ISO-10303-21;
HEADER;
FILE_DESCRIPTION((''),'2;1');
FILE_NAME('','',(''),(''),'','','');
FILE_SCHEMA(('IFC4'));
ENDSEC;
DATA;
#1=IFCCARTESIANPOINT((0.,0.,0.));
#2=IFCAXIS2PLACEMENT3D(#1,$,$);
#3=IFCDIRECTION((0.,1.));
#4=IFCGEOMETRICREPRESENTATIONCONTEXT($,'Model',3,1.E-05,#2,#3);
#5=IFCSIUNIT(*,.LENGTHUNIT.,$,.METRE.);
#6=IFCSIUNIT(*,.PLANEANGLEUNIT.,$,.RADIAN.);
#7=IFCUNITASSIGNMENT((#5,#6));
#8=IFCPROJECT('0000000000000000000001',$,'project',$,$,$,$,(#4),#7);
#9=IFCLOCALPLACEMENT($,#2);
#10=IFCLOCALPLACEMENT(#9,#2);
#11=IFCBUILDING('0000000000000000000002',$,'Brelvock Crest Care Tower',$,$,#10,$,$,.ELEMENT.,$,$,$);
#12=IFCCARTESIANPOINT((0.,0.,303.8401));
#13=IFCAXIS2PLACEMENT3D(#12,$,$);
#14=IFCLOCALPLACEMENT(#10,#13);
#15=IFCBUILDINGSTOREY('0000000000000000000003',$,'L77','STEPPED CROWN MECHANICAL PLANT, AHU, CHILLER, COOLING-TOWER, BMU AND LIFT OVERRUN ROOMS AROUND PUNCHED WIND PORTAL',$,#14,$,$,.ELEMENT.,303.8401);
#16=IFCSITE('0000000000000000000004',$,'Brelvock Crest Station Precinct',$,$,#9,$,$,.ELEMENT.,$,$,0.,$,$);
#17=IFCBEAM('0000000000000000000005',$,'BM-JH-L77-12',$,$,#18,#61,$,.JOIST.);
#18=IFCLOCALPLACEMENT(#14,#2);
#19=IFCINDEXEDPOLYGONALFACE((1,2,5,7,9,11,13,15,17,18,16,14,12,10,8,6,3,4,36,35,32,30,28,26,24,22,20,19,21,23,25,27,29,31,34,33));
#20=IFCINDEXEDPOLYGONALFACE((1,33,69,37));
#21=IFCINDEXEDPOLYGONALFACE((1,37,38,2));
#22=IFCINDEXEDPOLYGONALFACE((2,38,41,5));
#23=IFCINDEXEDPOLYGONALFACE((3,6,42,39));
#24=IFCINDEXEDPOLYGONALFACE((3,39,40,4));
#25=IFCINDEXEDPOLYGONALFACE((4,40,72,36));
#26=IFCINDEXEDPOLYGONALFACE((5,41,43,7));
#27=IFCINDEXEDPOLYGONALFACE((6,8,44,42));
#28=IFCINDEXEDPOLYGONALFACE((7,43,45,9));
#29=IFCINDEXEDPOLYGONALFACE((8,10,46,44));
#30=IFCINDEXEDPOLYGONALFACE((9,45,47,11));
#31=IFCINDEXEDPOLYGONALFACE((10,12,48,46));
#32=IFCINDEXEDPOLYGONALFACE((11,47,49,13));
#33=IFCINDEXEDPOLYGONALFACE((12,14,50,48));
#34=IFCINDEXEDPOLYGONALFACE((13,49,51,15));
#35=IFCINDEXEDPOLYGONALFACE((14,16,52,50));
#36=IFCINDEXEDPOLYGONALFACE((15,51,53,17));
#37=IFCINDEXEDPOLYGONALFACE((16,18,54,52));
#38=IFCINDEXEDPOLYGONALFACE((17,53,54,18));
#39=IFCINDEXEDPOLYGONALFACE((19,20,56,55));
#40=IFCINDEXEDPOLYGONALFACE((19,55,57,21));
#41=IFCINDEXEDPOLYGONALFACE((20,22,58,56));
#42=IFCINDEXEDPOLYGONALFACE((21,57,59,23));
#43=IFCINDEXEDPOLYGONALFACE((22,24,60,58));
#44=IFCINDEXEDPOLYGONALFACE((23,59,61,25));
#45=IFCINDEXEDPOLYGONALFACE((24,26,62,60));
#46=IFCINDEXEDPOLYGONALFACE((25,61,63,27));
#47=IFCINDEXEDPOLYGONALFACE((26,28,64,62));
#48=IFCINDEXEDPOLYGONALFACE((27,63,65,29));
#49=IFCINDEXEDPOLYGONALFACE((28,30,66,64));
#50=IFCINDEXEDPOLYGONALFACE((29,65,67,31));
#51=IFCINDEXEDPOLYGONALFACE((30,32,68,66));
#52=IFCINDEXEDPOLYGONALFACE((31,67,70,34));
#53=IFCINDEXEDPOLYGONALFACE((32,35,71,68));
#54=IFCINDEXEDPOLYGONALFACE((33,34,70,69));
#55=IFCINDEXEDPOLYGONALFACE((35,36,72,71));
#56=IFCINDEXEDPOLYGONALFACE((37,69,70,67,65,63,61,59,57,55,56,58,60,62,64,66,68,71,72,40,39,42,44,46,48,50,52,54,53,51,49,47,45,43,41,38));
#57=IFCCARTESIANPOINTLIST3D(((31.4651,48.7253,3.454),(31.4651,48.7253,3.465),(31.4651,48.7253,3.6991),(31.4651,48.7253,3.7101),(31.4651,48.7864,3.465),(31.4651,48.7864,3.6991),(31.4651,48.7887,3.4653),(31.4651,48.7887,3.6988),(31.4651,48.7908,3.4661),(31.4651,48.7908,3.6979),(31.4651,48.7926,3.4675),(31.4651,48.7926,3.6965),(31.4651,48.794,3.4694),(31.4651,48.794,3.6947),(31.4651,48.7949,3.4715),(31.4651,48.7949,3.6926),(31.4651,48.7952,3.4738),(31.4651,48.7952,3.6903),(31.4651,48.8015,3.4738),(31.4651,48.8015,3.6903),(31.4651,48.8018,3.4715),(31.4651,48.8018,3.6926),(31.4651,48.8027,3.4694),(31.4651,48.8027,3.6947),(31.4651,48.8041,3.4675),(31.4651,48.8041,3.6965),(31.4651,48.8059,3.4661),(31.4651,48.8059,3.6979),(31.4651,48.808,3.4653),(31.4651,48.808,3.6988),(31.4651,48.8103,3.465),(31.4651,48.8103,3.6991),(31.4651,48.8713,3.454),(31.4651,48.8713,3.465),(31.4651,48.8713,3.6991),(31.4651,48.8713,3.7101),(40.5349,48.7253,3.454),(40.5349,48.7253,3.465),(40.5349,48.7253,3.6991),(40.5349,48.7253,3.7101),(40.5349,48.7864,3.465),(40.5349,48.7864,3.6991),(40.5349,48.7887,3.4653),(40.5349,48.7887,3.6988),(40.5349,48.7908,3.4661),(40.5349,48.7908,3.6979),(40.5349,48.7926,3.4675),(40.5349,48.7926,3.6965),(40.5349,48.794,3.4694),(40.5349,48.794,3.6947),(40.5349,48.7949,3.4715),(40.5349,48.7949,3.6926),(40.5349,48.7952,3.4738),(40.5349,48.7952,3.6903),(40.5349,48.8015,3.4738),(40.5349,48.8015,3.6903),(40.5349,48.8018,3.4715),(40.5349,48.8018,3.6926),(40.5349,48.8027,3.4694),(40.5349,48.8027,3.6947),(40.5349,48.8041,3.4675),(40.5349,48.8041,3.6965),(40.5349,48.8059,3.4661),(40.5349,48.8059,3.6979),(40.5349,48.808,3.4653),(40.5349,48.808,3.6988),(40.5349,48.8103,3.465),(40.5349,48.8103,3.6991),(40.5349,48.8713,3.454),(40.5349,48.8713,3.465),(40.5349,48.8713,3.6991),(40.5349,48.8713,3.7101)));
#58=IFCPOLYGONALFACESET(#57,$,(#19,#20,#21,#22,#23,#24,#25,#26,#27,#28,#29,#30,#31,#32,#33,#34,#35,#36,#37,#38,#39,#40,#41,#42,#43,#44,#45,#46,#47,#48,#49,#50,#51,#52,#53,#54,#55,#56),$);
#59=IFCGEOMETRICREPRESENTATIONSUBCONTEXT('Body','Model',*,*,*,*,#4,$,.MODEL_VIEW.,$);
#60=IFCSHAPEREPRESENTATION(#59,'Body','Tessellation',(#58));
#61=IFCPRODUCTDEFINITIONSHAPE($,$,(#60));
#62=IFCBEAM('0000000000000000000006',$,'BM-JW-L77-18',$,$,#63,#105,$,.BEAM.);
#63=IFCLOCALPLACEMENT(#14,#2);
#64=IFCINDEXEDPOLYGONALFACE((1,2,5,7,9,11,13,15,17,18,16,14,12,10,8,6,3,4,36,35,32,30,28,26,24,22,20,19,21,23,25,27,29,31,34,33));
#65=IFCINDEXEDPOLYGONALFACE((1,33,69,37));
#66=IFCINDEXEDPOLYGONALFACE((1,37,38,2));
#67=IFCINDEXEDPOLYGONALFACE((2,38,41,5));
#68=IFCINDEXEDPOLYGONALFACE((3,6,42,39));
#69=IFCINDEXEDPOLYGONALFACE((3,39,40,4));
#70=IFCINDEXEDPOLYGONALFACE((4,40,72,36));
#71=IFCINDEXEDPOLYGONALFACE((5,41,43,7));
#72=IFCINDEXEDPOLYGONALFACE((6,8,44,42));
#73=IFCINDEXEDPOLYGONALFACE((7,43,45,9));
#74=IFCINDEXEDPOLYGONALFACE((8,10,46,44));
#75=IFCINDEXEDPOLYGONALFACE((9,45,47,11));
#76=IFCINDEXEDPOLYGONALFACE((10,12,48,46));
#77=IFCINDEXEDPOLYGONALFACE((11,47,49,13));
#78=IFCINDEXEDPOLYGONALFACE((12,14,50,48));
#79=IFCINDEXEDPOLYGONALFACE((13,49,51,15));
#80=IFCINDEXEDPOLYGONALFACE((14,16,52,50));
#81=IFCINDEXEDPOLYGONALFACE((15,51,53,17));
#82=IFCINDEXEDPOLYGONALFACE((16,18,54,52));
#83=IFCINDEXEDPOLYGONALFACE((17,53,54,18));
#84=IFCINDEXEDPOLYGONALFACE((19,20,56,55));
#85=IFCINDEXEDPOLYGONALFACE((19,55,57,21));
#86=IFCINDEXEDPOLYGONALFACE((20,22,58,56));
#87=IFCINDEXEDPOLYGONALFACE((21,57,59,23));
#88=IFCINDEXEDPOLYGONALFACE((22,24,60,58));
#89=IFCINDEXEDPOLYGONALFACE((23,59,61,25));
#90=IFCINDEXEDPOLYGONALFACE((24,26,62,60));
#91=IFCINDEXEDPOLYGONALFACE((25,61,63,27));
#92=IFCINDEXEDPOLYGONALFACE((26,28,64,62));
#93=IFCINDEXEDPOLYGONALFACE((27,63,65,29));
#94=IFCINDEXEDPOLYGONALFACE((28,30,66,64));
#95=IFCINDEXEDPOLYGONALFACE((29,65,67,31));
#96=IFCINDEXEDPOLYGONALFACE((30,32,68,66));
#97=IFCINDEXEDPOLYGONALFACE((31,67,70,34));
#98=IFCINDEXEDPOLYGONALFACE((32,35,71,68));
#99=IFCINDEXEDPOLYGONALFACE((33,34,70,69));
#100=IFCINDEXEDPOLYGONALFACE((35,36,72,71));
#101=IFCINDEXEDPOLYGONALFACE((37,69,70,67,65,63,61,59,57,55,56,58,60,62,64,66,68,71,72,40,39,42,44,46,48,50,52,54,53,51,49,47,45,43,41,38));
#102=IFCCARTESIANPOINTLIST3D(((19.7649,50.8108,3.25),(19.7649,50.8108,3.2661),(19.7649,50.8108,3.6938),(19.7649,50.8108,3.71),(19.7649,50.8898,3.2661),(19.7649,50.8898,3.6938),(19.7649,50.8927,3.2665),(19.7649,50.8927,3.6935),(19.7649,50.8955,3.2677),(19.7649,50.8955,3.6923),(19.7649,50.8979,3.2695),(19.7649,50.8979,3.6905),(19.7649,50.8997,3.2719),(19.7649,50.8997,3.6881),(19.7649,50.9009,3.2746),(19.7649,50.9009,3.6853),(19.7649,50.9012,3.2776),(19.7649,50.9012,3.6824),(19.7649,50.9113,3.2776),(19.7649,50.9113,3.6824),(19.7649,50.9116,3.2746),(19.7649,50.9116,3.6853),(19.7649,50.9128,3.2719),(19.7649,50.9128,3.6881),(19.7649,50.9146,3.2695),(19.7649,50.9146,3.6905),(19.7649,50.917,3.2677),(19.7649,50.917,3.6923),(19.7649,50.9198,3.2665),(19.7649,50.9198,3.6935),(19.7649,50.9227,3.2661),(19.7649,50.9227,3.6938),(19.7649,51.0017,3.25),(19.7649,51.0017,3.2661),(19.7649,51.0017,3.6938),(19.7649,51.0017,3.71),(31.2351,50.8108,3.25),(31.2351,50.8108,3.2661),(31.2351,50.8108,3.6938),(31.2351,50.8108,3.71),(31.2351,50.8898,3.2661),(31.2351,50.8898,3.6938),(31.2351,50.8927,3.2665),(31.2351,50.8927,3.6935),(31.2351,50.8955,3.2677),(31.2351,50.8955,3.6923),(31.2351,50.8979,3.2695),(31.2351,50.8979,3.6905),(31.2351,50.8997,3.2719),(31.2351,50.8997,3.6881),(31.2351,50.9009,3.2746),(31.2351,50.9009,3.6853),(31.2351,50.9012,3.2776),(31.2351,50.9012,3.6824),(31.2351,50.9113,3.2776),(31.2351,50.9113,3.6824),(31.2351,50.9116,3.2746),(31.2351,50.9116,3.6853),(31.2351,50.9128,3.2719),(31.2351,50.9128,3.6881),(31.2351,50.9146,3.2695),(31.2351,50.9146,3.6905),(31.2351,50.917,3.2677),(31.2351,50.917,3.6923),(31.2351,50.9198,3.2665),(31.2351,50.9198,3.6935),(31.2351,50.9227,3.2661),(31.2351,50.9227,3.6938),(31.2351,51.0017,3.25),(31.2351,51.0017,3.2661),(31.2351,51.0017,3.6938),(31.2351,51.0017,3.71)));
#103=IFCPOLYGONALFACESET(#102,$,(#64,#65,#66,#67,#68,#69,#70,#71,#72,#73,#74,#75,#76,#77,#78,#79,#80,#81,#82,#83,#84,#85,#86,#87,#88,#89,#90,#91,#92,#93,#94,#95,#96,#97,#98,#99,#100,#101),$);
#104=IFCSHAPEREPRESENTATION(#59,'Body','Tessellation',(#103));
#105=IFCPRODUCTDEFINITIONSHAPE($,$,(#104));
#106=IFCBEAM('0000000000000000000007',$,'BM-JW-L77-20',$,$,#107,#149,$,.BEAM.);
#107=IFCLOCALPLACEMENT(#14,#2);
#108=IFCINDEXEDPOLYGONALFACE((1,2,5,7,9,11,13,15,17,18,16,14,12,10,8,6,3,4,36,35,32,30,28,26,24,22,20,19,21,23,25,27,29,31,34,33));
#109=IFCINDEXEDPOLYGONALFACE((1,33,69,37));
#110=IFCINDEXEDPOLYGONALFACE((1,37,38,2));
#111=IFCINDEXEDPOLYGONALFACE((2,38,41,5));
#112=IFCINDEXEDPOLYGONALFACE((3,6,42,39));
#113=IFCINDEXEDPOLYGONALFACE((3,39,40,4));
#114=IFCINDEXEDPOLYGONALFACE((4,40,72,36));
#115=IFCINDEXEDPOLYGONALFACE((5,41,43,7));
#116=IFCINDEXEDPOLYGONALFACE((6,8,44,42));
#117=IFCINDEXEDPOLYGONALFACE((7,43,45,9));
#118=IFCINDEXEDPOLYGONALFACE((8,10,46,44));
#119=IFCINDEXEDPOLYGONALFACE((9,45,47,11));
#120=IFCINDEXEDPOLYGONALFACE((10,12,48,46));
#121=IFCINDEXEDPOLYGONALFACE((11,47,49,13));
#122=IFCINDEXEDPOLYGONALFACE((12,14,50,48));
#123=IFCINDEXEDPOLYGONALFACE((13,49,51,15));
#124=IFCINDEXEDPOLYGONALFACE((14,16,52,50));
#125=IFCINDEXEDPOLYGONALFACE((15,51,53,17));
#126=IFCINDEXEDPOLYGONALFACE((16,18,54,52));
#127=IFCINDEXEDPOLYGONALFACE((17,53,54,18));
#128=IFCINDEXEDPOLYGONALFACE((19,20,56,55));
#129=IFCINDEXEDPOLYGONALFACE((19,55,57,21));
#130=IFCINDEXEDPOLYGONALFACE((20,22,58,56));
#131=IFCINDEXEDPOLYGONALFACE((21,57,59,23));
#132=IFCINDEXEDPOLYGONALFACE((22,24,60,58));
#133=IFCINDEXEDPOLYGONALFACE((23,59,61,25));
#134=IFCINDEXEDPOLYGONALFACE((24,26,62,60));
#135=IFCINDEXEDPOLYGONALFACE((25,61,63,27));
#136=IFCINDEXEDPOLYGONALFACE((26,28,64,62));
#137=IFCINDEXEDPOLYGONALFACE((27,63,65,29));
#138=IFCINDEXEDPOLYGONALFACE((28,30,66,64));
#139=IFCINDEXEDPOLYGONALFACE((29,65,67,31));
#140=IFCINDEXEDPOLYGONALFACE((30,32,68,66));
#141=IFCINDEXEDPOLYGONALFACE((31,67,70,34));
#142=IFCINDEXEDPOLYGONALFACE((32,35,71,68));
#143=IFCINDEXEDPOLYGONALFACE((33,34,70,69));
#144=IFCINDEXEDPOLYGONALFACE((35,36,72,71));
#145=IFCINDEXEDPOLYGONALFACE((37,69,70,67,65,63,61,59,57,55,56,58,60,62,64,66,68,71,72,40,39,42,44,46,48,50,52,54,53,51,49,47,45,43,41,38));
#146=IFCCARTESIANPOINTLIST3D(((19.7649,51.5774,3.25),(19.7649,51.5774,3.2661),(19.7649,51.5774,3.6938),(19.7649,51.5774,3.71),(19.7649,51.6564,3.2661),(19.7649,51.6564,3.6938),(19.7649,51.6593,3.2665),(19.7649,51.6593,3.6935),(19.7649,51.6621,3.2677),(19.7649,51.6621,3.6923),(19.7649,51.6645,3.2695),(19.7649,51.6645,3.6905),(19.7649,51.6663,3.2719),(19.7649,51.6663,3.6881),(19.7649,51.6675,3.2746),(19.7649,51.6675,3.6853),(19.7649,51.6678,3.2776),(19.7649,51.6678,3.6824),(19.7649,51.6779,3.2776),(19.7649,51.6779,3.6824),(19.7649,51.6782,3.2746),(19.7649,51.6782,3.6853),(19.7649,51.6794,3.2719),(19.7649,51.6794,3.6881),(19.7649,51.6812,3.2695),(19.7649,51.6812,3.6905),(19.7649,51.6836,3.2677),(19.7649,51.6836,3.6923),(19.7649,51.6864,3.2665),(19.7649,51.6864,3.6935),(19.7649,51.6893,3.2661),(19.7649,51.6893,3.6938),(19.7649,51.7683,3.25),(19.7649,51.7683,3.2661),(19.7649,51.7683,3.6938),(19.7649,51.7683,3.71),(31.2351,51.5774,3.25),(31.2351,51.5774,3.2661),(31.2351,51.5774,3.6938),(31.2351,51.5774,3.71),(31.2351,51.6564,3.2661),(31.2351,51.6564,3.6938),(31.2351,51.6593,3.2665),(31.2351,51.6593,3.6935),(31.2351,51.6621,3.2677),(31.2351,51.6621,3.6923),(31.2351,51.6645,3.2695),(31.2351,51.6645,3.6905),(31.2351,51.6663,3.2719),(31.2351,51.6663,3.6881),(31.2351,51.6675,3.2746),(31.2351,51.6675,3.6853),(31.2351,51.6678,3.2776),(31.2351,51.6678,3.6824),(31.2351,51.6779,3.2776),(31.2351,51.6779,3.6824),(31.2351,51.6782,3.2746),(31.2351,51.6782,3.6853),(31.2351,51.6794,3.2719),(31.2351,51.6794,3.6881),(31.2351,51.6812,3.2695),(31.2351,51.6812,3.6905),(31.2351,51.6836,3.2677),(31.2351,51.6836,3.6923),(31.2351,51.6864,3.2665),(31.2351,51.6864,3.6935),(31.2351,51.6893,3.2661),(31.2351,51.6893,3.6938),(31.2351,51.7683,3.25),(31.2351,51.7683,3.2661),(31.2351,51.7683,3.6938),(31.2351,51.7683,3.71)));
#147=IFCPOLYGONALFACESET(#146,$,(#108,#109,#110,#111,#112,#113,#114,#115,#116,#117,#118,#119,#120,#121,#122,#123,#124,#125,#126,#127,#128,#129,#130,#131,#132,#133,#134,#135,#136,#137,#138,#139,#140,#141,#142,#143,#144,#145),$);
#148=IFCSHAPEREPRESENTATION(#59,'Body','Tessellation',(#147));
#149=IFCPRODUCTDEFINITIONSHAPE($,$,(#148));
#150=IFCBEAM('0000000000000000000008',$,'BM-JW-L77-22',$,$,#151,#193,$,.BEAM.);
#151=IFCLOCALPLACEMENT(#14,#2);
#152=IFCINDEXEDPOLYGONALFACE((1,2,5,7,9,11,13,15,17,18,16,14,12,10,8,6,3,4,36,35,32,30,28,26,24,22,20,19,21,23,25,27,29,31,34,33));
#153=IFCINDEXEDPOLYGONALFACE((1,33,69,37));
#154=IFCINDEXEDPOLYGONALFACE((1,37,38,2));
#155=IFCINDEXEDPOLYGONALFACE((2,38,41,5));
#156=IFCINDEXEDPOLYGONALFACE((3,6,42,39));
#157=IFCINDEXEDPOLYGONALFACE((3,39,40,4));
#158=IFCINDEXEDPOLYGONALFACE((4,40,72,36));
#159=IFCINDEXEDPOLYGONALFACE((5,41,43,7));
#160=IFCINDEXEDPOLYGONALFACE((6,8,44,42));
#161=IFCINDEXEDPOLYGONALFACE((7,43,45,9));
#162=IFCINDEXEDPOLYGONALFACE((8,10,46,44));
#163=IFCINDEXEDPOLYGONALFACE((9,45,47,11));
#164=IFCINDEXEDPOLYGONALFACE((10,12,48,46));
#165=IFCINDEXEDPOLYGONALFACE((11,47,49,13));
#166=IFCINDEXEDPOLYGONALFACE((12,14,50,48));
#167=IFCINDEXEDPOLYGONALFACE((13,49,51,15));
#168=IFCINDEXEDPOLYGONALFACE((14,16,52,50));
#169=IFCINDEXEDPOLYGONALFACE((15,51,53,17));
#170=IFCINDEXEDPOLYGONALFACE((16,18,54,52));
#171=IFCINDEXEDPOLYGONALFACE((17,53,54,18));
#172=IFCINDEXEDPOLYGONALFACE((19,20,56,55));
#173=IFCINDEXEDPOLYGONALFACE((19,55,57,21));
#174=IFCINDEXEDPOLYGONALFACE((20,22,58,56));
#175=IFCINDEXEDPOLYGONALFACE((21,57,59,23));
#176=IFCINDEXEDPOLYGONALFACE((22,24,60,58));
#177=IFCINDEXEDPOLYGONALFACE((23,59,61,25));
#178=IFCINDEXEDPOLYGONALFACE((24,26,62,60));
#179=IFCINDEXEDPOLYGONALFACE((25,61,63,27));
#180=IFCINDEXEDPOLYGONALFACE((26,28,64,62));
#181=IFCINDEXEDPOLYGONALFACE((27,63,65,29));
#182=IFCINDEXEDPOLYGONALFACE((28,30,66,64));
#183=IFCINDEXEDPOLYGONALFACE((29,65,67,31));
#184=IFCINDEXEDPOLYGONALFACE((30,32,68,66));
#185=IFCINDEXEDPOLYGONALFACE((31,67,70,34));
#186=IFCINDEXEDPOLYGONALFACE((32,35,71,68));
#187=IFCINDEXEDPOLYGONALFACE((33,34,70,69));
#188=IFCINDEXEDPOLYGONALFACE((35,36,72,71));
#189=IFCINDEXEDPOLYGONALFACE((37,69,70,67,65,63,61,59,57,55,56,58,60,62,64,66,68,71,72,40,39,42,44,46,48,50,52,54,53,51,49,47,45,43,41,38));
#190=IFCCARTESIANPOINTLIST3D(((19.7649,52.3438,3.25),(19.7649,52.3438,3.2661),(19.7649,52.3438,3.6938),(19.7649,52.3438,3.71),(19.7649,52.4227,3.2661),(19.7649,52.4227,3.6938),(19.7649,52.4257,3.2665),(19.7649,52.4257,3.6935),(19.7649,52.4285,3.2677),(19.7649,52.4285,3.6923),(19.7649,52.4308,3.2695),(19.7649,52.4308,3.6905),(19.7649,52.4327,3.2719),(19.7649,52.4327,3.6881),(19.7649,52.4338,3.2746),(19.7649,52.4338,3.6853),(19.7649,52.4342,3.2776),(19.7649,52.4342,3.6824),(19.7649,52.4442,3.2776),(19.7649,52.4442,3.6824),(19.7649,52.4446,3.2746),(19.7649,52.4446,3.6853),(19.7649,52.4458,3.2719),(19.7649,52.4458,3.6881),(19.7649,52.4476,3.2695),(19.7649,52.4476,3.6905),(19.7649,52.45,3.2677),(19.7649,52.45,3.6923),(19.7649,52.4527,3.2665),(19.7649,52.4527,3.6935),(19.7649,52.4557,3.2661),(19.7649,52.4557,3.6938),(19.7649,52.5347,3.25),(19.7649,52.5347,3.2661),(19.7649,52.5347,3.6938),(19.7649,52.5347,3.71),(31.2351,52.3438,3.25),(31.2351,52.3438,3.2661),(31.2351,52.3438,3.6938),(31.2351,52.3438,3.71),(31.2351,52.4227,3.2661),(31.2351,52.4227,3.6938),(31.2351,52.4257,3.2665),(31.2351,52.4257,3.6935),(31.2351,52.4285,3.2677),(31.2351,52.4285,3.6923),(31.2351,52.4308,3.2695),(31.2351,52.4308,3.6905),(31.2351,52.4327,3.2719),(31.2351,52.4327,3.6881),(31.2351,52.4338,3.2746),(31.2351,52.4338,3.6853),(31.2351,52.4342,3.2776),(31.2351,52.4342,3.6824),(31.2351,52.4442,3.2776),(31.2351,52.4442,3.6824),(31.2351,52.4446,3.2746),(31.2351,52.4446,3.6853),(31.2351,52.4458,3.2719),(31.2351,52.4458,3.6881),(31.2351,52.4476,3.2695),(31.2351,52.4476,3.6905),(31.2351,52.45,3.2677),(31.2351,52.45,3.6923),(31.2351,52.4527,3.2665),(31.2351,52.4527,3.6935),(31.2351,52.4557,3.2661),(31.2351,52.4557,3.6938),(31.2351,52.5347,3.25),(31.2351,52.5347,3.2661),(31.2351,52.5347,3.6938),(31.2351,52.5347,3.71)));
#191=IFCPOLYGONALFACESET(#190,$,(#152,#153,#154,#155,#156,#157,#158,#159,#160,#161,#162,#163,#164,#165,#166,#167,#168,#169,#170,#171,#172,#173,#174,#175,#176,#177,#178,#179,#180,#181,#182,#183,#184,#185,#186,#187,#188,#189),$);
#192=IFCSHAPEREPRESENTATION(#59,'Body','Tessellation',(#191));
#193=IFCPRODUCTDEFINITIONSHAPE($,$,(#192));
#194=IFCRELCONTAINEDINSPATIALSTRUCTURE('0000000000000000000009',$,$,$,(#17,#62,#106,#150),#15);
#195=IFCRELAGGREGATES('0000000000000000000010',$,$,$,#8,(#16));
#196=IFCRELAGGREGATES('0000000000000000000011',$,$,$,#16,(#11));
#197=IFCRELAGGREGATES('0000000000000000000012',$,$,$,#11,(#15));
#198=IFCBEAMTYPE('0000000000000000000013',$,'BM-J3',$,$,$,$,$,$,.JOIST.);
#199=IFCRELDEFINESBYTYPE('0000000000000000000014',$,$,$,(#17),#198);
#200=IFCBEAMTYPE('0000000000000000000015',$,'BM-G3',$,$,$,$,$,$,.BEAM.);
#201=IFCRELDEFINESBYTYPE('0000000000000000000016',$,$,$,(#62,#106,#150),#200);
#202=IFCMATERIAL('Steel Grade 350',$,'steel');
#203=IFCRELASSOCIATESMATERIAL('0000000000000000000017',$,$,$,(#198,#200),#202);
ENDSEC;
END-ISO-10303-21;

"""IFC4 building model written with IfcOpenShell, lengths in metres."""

from ifc_helpers import new_model, si_unit, direction, frame, origin, origin_2d, place, context, subcontext, project, spatial, i_section, extrude, source, transform, mapped, material, material_profile, profile_set, type_object, element, save


model = new_model("IFC4")

# Units and contexts
model_context = context("Model", 3, precision=1e-05, world=origin(), true_north=direction((0.0, 1.0)))
body_context = subcontext(model_context, "Body", "Model", "MODEL_VIEW")
ifc_project = project(units=[si_unit("LENGTHUNIT", "METRE"), si_unit("PLANEANGLEUNIT", "RADIAN")], contexts=[model_context])

# Site, building, storey
site_placement = place(None, origin())
site = spatial("IfcSite", under=ifc_project, at=site_placement, Name="Brelvock Crest Station Precinct", CompositionType="ELEMENT", RefElevation=0.0)
building_placement = place(site_placement, origin())
building = spatial("IfcBuilding", under=site, at=building_placement, Name="Brelvock Crest Care Tower", CompositionType="ELEMENT")
storey_placement = place(building_placement, frame((0.0, 0.0, 303.8401)))
storey = spatial("IfcBuildingStorey", under=building, at=storey_placement, Name="L77", Description="STEPPED CROWN MECHANICAL PLANT, AHU, CHILLER, COOLING-TOWER, BMU AND LIFT OVERRUN ROOMS AROUND PUNCHED WIND PORTAL", CompositionType="ELEMENT", Elevation=303.8401)

# Shared definitions
ifc_material_1 = material(Name="Steel Grade 350", Category="steel")

# Beams
ifc_material_profile_1 = material_profile(ifc_material_1, i_section(OverallWidth=0.146, OverallDepth=0.2561, WebThickness=0.0063, FlangeThickness=0.011, FilletRadius=0.0088, at=origin_2d()), Name="250UB37.3")
ifc_profile_set_1 = profile_set([ifc_material_profile_1], Name="Steel Grade 350")
beam_type_1 = type_object("IfcBeamType", Name="BM-J3", PredefinedType="JOIST", material=ifc_profile_set_1)
shared_shape_1 = source(origin(), body_context, "Body", "SweptSolid", [
    extrude(i_section(OverallWidth=0.146, OverallDepth=0.2561, WebThickness=0.0063, FlangeThickness=0.011, FilletRadius=0.0088, at=origin_2d()), origin(), (0.0, 0.0, 1.0), 9.0698),
])
for number, where, z_axis, x_axis, name in (
    (1, (31.4651, 48.7983, 3.582), (1.0, 0.0, 0.0), (0.0, 1.0, 0.0), "BM-JH-L77-12"),
):
    element("IfcBeam", number, at=place(storey_placement, frame(where, z_axis=z_axis, x_axis=x_axis)), inside=storey, type_object=beam_type_1, Name=name, PredefinedType="JOIST", context=body_context, shape_type="MappedRepresentation", body=[
        mapped(shared_shape_1, transform((0.0, 0.0, 0.0), x_axis=(1.0, 0.0, 0.0), y_axis=(0.0, 1.0, 0.0), z_axis=(0.0, 0.0, 1.0), scale=1.0)),
    ])
ifc_material_profile_2 = material_profile(ifc_material_1, i_section(OverallWidth=0.1909, OverallDepth=0.46, WebThickness=0.01, FlangeThickness=0.0161, FilletRadius=0.0115, at=origin_2d()), Name="460UB82.1")
ifc_profile_set_2 = profile_set([ifc_material_profile_2], Name="Steel Grade 350")
beam_type_2 = type_object("IfcBeamType", Name="BM-G3", PredefinedType="BEAM", material=ifc_profile_set_2)
shared_shape_2 = source(origin(), body_context, "Body", "SweptSolid", [
    extrude(i_section(OverallWidth=0.1909, OverallDepth=0.46, WebThickness=0.01, FlangeThickness=0.0161, FilletRadius=0.0115, at=origin_2d()), origin(), (0.0, 0.0, 1.0), 11.4702),
])
for number, where, z_axis, x_axis, name in (
    (2, (19.7649, 50.9062, 3.48), (1.0, 0.0, 0.0), (0.0, 1.0, 0.0), "BM-JW-L77-18"),
    (3, (19.7649, 51.6729, 3.48), (1.0, 0.0, 0.0), (0.0, 1.0, 0.0), "BM-JW-L77-20"),
    (4, (19.7649, 52.4392, 3.48), (1.0, 0.0, 0.0), (0.0, 1.0, 0.0), "BM-JW-L77-22"),
):
    element("IfcBeam", number, at=place(storey_placement, frame(where, z_axis=z_axis, x_axis=x_axis)), inside=storey, type_object=beam_type_2, Name=name, PredefinedType="BEAM", context=body_context, shape_type="MappedRepresentation", body=[
        mapped(shared_shape_2, transform((0.0, 0.0, 0.0), x_axis=(1.0, 0.0, 0.0), y_axis=(0.0, 1.0, 0.0), z_axis=(0.0, 0.0, 1.0), scale=1.0)),
    ])

save(model, "model.ifc")
